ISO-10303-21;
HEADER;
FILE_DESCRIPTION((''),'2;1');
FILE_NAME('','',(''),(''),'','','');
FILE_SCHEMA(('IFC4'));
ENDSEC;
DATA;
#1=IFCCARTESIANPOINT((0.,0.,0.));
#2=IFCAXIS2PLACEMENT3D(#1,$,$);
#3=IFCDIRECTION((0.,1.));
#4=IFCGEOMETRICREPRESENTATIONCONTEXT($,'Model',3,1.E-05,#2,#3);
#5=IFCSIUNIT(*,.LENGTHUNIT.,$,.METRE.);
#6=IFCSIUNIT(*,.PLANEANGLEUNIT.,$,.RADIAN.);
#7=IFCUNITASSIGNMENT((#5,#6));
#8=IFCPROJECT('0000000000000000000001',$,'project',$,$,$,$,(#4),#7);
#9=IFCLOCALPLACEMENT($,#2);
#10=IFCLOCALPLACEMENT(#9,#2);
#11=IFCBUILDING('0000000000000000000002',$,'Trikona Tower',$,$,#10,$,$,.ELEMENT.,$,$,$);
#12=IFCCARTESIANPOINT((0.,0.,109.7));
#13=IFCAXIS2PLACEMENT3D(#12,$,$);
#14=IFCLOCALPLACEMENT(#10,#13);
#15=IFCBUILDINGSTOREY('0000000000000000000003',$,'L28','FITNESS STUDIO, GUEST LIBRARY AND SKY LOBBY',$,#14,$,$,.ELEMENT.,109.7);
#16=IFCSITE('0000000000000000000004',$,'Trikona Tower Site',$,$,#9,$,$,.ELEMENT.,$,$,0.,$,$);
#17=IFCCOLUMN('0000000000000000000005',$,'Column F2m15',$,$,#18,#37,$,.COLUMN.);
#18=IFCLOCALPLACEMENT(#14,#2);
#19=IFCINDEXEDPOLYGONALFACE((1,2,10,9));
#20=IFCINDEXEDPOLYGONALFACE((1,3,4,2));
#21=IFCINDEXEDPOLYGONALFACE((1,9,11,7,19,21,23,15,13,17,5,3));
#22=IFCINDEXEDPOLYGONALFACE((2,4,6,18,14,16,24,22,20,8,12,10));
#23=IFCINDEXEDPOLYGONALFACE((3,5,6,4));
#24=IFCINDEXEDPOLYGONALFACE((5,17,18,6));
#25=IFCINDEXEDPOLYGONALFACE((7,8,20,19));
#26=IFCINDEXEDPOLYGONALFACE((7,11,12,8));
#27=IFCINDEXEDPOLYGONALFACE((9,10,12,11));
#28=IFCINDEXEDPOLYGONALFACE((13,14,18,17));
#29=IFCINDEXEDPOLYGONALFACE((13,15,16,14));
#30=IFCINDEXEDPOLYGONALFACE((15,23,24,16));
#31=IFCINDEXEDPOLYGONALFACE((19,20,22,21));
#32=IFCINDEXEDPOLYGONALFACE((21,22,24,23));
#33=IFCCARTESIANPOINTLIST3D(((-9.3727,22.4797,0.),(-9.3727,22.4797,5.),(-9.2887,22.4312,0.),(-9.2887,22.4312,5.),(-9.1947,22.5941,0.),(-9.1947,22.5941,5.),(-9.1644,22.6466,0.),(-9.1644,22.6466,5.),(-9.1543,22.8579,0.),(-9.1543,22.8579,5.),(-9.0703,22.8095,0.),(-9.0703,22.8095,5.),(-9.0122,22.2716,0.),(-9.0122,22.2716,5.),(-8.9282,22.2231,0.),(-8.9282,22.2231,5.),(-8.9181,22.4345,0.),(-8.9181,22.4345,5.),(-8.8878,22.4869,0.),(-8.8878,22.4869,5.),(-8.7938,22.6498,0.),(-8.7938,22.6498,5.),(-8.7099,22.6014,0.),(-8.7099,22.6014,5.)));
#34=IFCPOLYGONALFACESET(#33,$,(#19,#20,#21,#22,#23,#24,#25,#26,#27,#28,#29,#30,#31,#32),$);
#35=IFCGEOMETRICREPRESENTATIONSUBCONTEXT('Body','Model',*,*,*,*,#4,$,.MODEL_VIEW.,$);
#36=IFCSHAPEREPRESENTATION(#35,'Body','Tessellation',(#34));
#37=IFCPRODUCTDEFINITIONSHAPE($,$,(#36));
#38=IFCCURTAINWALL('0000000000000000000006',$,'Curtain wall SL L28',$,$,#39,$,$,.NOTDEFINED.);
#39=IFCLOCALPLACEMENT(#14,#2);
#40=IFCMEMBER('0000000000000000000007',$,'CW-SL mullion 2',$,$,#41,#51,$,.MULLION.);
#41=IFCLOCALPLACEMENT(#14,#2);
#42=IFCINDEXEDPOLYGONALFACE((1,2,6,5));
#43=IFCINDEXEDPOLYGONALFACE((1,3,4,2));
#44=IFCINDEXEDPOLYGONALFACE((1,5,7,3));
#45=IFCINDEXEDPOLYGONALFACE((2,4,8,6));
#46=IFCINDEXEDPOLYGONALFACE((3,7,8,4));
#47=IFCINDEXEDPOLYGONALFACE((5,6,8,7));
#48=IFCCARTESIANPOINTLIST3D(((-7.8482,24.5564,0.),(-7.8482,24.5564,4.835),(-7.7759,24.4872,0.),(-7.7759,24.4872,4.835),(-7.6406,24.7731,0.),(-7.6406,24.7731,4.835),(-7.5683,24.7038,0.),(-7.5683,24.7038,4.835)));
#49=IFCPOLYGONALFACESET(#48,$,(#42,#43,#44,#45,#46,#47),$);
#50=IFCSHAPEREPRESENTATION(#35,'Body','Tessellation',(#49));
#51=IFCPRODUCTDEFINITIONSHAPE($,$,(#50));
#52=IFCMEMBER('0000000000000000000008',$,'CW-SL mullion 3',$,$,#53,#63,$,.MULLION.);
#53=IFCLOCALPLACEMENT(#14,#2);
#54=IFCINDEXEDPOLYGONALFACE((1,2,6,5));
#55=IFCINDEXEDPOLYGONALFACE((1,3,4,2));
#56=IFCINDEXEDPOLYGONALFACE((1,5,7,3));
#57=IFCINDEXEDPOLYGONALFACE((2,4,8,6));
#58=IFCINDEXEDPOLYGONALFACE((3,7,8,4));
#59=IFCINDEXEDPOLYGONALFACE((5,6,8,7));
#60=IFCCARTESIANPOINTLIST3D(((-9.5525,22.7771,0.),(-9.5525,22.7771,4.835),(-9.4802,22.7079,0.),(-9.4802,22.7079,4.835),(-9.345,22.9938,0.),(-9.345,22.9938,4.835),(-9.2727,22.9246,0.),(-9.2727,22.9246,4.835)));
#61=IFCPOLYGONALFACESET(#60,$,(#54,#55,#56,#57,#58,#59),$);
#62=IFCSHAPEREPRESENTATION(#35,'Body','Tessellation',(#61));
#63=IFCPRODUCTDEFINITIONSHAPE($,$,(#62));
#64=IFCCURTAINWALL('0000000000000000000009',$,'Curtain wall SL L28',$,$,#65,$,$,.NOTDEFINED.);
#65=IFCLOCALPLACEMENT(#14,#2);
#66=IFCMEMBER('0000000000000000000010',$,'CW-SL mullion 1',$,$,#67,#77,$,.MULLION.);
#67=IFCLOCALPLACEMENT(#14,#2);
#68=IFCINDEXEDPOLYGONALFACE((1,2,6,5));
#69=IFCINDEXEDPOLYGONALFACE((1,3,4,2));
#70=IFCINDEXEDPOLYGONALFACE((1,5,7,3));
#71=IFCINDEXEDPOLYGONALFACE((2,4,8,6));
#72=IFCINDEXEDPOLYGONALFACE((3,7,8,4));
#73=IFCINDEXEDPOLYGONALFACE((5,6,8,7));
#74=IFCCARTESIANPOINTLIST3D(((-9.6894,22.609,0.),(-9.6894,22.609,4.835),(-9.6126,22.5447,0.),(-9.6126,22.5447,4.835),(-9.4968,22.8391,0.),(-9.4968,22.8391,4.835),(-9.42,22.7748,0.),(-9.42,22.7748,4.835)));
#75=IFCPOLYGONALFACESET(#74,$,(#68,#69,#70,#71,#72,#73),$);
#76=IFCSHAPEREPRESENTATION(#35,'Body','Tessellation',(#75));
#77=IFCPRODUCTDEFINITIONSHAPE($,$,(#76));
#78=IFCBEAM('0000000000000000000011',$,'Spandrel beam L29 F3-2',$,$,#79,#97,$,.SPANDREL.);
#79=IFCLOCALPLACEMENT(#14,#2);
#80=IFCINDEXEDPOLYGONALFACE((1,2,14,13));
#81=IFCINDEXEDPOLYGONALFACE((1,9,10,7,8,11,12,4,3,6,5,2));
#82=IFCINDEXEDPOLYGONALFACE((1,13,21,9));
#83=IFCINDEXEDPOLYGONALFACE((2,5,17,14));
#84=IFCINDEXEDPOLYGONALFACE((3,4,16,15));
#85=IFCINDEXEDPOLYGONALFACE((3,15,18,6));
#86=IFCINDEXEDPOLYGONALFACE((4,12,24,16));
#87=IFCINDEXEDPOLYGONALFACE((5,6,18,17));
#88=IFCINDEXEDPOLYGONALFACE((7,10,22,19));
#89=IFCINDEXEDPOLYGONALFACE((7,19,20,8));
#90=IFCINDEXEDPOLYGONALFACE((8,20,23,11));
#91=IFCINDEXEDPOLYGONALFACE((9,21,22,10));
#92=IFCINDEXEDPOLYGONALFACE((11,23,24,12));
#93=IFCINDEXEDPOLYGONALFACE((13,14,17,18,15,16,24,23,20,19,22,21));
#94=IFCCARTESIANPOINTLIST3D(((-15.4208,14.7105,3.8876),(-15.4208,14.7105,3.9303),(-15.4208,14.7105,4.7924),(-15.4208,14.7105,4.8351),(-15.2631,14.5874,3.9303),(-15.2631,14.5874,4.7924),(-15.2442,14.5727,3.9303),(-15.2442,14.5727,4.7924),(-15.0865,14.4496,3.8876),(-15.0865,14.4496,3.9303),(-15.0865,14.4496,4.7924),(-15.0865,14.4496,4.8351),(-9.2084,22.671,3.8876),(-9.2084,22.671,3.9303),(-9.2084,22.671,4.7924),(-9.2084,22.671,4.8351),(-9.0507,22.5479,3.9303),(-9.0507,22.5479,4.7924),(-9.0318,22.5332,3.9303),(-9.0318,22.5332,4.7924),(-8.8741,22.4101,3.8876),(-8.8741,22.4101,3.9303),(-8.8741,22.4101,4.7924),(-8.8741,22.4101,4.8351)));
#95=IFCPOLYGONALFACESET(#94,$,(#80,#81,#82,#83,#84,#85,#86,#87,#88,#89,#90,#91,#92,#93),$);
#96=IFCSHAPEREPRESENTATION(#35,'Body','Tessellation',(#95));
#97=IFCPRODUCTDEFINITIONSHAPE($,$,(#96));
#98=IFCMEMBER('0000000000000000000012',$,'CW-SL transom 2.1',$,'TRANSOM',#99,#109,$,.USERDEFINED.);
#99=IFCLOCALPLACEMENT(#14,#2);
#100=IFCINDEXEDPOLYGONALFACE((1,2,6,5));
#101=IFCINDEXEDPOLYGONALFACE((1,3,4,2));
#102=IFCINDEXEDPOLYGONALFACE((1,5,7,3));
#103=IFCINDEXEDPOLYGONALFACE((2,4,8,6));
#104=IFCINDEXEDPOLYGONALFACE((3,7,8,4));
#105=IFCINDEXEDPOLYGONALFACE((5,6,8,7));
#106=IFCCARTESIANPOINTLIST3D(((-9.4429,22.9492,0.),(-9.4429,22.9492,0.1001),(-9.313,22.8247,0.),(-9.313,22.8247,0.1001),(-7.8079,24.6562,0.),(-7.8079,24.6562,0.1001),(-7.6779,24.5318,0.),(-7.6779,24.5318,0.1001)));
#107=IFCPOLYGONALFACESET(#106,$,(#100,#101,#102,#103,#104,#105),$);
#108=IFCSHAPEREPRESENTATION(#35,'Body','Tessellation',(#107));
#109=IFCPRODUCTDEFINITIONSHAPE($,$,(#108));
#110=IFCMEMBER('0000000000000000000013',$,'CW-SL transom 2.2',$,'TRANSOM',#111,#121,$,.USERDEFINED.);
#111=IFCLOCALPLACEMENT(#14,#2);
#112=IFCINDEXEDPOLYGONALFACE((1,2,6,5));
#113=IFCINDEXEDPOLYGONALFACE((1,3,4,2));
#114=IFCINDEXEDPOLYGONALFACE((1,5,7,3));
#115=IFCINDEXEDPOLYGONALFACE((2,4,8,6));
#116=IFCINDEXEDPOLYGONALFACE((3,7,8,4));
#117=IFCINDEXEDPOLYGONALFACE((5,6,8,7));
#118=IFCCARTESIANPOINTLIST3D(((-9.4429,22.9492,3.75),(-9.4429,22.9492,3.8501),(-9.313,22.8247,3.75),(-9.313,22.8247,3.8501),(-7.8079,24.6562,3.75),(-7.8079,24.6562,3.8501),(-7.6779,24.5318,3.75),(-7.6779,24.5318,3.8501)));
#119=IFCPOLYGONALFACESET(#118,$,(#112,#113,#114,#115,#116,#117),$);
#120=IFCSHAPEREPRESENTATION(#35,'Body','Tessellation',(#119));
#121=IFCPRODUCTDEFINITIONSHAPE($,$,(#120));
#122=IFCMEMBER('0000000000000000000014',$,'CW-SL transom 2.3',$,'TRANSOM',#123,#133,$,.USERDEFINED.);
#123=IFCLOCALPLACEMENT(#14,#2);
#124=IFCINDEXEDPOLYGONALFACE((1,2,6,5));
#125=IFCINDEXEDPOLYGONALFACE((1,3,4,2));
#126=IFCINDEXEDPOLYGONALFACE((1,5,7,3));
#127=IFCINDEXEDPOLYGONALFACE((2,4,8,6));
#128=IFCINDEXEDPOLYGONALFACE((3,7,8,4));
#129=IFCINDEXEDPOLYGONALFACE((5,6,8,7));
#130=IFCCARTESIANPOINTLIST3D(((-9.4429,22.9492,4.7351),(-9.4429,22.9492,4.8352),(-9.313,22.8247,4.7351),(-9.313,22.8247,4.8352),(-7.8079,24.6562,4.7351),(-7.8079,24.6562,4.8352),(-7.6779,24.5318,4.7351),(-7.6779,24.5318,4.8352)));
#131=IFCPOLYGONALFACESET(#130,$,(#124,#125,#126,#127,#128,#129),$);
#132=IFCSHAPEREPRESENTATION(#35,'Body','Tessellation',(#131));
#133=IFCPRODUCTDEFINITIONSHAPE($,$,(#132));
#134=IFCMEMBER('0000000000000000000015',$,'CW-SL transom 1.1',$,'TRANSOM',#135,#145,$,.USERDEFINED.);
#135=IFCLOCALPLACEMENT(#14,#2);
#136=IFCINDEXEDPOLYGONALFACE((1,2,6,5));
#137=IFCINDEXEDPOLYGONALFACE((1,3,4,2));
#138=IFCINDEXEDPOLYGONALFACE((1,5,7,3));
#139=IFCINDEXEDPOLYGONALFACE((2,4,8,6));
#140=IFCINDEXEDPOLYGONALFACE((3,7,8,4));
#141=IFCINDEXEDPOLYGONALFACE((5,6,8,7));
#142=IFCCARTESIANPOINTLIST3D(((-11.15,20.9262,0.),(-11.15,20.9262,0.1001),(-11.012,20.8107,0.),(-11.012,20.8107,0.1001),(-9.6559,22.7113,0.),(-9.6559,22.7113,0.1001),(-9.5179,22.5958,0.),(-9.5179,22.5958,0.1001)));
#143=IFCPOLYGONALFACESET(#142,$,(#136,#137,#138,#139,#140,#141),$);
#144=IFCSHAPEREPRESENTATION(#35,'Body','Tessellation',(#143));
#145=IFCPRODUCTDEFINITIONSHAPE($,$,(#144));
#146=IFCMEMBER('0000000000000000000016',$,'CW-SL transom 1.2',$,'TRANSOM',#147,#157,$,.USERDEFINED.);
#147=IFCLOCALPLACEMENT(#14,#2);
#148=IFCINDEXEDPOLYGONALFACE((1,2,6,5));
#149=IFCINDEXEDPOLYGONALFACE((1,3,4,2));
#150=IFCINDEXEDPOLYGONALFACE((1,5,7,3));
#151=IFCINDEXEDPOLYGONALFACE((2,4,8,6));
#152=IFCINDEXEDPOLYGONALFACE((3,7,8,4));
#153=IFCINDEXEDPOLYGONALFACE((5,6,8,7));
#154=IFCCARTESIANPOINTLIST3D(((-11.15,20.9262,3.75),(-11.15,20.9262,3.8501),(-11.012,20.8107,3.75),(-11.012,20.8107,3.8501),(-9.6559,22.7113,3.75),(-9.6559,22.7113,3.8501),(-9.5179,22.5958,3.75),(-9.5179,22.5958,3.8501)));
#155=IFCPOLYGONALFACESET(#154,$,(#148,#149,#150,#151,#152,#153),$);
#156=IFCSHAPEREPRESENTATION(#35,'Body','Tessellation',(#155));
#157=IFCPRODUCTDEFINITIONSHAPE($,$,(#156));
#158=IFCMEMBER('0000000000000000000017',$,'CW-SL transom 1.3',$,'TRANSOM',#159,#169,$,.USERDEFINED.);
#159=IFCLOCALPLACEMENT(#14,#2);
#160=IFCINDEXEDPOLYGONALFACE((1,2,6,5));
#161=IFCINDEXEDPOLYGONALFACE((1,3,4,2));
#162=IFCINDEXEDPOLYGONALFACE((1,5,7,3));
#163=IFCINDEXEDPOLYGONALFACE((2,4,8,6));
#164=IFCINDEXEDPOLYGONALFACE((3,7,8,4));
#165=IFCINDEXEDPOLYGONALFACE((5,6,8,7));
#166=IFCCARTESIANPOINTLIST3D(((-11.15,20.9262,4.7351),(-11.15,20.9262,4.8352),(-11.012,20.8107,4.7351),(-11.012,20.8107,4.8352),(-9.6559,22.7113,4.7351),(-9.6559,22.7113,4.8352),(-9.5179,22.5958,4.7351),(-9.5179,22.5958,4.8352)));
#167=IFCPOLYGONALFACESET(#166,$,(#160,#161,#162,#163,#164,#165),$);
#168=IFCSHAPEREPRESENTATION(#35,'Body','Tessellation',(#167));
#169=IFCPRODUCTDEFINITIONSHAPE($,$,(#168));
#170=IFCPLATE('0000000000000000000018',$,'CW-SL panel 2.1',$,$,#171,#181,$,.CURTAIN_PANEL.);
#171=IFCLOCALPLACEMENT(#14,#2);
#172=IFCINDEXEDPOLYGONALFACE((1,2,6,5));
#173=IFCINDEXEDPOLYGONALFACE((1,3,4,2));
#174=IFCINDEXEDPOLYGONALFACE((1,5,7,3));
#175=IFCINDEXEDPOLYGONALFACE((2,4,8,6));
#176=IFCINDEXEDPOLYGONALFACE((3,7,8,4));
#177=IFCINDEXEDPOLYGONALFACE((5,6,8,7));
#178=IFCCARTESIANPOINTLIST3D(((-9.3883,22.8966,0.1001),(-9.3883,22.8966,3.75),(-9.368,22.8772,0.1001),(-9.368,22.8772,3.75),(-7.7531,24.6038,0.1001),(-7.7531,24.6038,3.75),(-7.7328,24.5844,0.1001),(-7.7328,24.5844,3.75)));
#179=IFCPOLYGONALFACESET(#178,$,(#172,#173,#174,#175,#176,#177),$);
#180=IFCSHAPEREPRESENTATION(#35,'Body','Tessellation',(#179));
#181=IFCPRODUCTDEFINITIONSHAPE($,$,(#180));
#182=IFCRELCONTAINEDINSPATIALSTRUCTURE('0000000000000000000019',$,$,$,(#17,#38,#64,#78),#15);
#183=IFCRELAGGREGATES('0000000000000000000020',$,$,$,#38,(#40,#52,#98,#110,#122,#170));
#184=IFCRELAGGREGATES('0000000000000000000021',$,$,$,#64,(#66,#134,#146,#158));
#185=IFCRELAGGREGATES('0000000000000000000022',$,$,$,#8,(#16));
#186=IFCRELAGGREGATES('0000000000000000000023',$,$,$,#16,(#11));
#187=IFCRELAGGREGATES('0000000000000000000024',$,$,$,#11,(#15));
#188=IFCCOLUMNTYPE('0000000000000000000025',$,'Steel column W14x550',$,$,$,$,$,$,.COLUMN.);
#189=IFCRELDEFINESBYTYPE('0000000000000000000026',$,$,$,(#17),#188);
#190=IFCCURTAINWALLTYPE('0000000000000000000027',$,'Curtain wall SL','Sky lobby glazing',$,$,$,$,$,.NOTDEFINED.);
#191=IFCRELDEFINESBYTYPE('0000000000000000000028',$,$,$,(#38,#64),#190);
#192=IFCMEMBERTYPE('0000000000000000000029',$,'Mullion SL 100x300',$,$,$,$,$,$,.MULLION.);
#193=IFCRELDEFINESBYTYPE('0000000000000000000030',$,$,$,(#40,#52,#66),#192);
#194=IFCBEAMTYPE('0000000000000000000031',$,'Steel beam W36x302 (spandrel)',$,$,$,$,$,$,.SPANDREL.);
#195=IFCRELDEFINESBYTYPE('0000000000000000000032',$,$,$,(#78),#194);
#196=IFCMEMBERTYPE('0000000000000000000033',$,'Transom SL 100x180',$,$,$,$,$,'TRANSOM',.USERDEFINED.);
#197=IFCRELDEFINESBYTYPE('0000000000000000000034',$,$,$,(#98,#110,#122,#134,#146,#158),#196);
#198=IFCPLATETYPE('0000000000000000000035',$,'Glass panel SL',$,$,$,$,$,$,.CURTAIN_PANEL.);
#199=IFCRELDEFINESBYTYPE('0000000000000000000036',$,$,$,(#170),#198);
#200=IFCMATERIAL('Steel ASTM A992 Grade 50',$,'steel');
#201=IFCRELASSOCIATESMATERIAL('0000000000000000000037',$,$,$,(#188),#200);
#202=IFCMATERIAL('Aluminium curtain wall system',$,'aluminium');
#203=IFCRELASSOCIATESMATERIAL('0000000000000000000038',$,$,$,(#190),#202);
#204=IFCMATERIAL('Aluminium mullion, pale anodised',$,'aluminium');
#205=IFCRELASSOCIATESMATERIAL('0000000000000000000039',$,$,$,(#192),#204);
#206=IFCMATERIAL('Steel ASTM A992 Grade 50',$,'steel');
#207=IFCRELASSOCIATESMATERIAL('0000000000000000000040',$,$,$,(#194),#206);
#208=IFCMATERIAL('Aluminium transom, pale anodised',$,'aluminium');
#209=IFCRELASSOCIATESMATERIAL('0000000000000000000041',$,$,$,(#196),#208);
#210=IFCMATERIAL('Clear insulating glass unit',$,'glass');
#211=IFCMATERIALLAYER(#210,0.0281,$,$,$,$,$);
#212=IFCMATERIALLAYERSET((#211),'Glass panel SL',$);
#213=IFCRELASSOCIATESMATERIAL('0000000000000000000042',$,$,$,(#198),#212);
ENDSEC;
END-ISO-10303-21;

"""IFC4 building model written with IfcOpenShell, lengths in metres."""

from ifc_helpers import new_model, si_unit, direction, frame, origin, origin_2d, place, context, subcontext, project, spatial, rectangle, i_section, extrude, material, layer, layer_set, material_profile, profile_set, type_object, element, aggregate, save


model = new_model("IFC4")

# Units and contexts
model_context = context("Model", 3, precision=1e-05, world=origin(), true_north=direction((0.0, 1.0)))
body_context = subcontext(model_context, "Body", "Model", "MODEL_VIEW")
ifc_project = project(units=[si_unit("LENGTHUNIT", "METRE"), si_unit("PLANEANGLEUNIT", "RADIAN")], contexts=[model_context])

# Site, building, storey
site_placement = place(None, origin())
site = spatial("IfcSite", under=ifc_project, at=site_placement, Name="Trikona Tower Site", CompositionType="ELEMENT", RefElevation=0.0)
building_placement = place(site_placement, origin())
building = spatial("IfcBuilding", under=site, at=building_placement, Name="Trikona Tower", CompositionType="ELEMENT")
storey_placement = place(building_placement, frame((0.0, 0.0, 109.7)))
storey = spatial("IfcBuildingStorey", under=building, at=storey_placement, Name="L28", Description="FITNESS STUDIO, GUEST LIBRARY AND SKY LOBBY", CompositionType="ELEMENT", Elevation=109.7)

# Column
ifc_material_1 = material(Name="Steel ASTM A992 Grade 50", Category="steel")
ifc_material_profile_1 = material_profile(ifc_material_1, i_section(OverallWidth=0.4368, OverallDepth=0.5132, WebThickness=0.0605, FlangeThickness=0.0969, at=origin_2d()), Name="W14X550")
ifc_profile_set_1 = profile_set([ifc_material_profile_1], Name="Steel ASTM A992 Grade 50")
column_type = type_object("IfcColumnType", Name="Steel column W14x550", PredefinedType="COLUMN", material=ifc_profile_set_1)
column_placement = place(storey_placement, frame((-9.0413, 22.5405, 0.0), z_axis=(0.0, 0.0, 1.0), x_axis=(-0.5, -0.866025, 0.0)))
element("IfcColumn", 1, at=column_placement, inside=storey, type_object=column_type, Name="Column F2m15", PredefinedType="COLUMN", context=body_context, shape_type="SweptSolid", body=[
    extrude(i_section(OverallWidth=0.4368, OverallDepth=0.5132, WebThickness=0.0605, FlangeThickness=0.0969, at=origin_2d()), origin(), (0.0, 0.0, 1.0), 5.0),
])

# Curtain wall, members
ifc_material_2 = material(Name="Aluminium curtain wall system", Category="aluminium")
curtain_wall_type = type_object("IfcCurtainWallType", Name="Curtain wall SL", Description="Sky lobby glazing", PredefinedType="NOTDEFINED", material=ifc_material_2)
curtain_wall_1_placement = place(storey_placement, origin())
curtain_wall_1 = element("IfcCurtainWall", 2, at=curtain_wall_1_placement, inside=storey, type_object=curtain_wall_type, Name="Curtain wall SL L28", PredefinedType="NOTDEFINED")
ifc_material_3 = material(Name="Aluminium mullion, pale anodised", Category="aluminium")
ifc_material_profile_2 = material_profile(ifc_material_3, rectangle(XDim=0.1001, YDim=0.3, at=origin_2d()), Name="MUL-SL")
ifc_profile_set_2 = profile_set([ifc_material_profile_2], Name="Aluminium mullion, pale anodised")
member_type_1 = type_object("IfcMemberType", Name="Mullion SL 100x300", PredefinedType="MULLION", material=ifc_profile_set_2)
member_1_placement = place(storey_placement, frame((-7.7083, 24.6301, 0.0), z_axis=(0.0, 0.0, 1.0), x_axis=(0.722158, -0.691728, 0.0)))
member_1 = element("IfcMember", 3, at=member_1_placement, type_object=member_type_1, Name="CW-SL mullion 2", PredefinedType="MULLION", context=body_context, shape_type="SweptSolid", body=[
    extrude(rectangle(XDim=0.1001, YDim=0.3, at=origin_2d()), origin(), (0.0, 0.0, 1.0), 4.835),
])
member_2_placement = place(storey_placement, frame((-9.4126, 22.8508, 0.0), z_axis=(0.0, 0.0, 1.0), x_axis=(0.722158, -0.691728, 0.0)))
member_2 = element("IfcMember", 4, at=member_2_placement, type_object=member_type_1, Name="CW-SL mullion 3", PredefinedType="MULLION", context=body_context, shape_type="SweptSolid", body=[
    extrude(rectangle(XDim=0.1001, YDim=0.3, at=origin_2d()), origin(), (0.0, 0.0, 1.0), 4.835),
])

# Curtain wall, member
curtain_wall_2_placement = place(storey_placement, origin())
curtain_wall_2 = element("IfcCurtainWall", 5, at=curtain_wall_2_placement, inside=storey, type_object=curtain_wall_type, Name="Curtain wall SL L28", PredefinedType="NOTDEFINED")
member_3_placement = place(storey_placement, frame((-9.5547, 22.6919, 0.0), z_axis=(0.0, 0.0, 1.0), x_axis=(0.766867, -0.641806, 0.0)))
member_3 = element("IfcMember", 6, at=member_3_placement, type_object=member_type_1, Name="CW-SL mullion 1", PredefinedType="MULLION", context=body_context, shape_type="SweptSolid", body=[
    extrude(rectangle(XDim=0.1001, YDim=0.3, at=origin_2d()), origin(), (0.0, 0.0, 1.0), 4.835),
])

# Beam
ifc_material_4 = material(Name="Steel ASTM A992 Grade 50", Category="steel")
ifc_material_profile_3 = material_profile(ifc_material_4, i_section(OverallWidth=0.4241, OverallDepth=0.9475, WebThickness=0.0239, FlangeThickness=0.0427, at=origin_2d()), Name="W36X302")
ifc_profile_set_3 = profile_set([ifc_material_profile_3], Name="Steel ASTM A992 Grade 50")
beam_type = type_object("IfcBeamType", Name="Steel beam W36x302 (spandrel)", PredefinedType="SPANDREL", material=ifc_profile_set_3)
beam_placement = place(storey_placement, frame((-9.0413, 22.5405, 4.3613), z_axis=(-0.615232, -0.788346, 0.0), x_axis=(0.788346, -0.615232, 0.0)))
element("IfcBeam", 7, at=beam_placement, inside=storey, type_object=beam_type, Name="Spandrel beam L29 F3-2", PredefinedType="SPANDREL", context=body_context, shape_type="SweptSolid", body=[
    extrude(i_section(OverallWidth=0.4241, OverallDepth=0.9475, WebThickness=0.0239, FlangeThickness=0.0427, at=origin_2d()), origin(), (0.0, 0.0, 1.0), 10.0977),
])

# Members
ifc_material_5 = material(Name="Aluminium transom, pale anodised", Category="aluminium")
ifc_material_profile_4 = material_profile(ifc_material_5, rectangle(XDim=0.1799, YDim=0.1001, at=origin_2d()), Name="TRN-SL")
ifc_profile_set_4 = profile_set([ifc_material_profile_4], Name="Aluminium transom, pale anodised")
member_type_2 = type_object("IfcMemberType", Name="Transom SL 100x180", ElementType="TRANSOM", PredefinedType="USERDEFINED", material=ifc_profile_set_4)
member_4_placement = place(storey_placement, frame((-7.7429, 24.594, 0.05), z_axis=(-0.691708, -0.722177, 0.0), x_axis=(0.722177, -0.691708, 0.0)))
member_4 = element("IfcMember", 8, at=member_4_placement, type_object=member_type_2, Name="CW-SL transom 2.1", ObjectType="TRANSOM", PredefinedType="USERDEFINED", context=body_context, shape_type="SweptSolid", body=[
    extrude(rectangle(XDim=0.1799, YDim=0.1001, at=origin_2d()), origin(), (0.0, 0.0, 1.0), 2.3638),
])
member_5_placement = place(storey_placement, frame((-7.7429, 24.594, 3.8), z_axis=(-0.691708, -0.722177, 0.0), x_axis=(0.722177, -0.691708, 0.0)))
member_5 = element("IfcMember", 9, at=member_5_placement, type_object=member_type_2, Name="CW-SL transom 2.2", ObjectType="TRANSOM", PredefinedType="USERDEFINED", context=body_context, shape_type="SweptSolid", body=[
    extrude(rectangle(XDim=0.1799, YDim=0.1001, at=origin_2d()), origin(), (0.0, 0.0, 1.0), 2.3638),
])
member_6_placement = place(storey_placement, frame((-7.7429, 24.594, 4.7852), z_axis=(-0.691708, -0.722177, 0.0), x_axis=(0.722177, -0.691708, 0.0)))
member_6 = element("IfcMember", 10, at=member_6_placement, type_object=member_type_2, Name="CW-SL transom 2.3", ObjectType="TRANSOM", PredefinedType="USERDEFINED", context=body_context, shape_type="SweptSolid", body=[
    extrude(rectangle(XDim=0.1799, YDim=0.1001, at=origin_2d()), origin(), (0.0, 0.0, 1.0), 2.3638),
])
member_7_placement = place(storey_placement, frame((-9.5869, 22.6536, 0.05), z_axis=(-0.641833, -0.766844, 0.0), x_axis=(0.766844, -0.641833, 0.0)))
member_7 = element("IfcMember", 11, at=member_7_placement, type_object=member_type_2, Name="CW-SL transom 1.1", ObjectType="TRANSOM", PredefinedType="USERDEFINED", context=body_context, shape_type="SweptSolid", body=[
    extrude(rectangle(XDim=0.1799, YDim=0.1001, at=origin_2d()), origin(), (0.0, 0.0, 1.0), 2.3279),
])
member_8_placement = place(storey_placement, frame((-9.5869, 22.6536, 3.8), z_axis=(-0.641833, -0.766844, 0.0), x_axis=(0.766844, -0.641833, 0.0)))
member_8 = element("IfcMember", 12, at=member_8_placement, type_object=member_type_2, Name="CW-SL transom 1.2", ObjectType="TRANSOM", PredefinedType="USERDEFINED", context=body_context, shape_type="SweptSolid", body=[
    extrude(rectangle(XDim=0.1799, YDim=0.1001, at=origin_2d()), origin(), (0.0, 0.0, 1.0), 2.3279),
])
member_9_placement = place(storey_placement, frame((-9.5869, 22.6536, 4.7852), z_axis=(-0.641833, -0.766844, 0.0), x_axis=(0.766844, -0.641833, 0.0)))
member_9 = element("IfcMember", 13, at=member_9_placement, type_object=member_type_2, Name="CW-SL transom 1.3", ObjectType="TRANSOM", PredefinedType="USERDEFINED", context=body_context, shape_type="SweptSolid", body=[
    extrude(rectangle(XDim=0.1799, YDim=0.1001, at=origin_2d()), origin(), (0.0, 0.0, 1.0), 2.3279),
])

# Plate
ifc_material_6 = material(Name="Clear insulating glass unit", Category="glass")
ifc_layer_1 = layer(ifc_material_6, 0.0281)
ifc_layer_set_1 = layer_set([ifc_layer_1], Name="Glass panel SL")
plate_type = type_object("IfcPlateType", Name="Glass panel SL", PredefinedType="CURTAIN_PANEL", material=ifc_layer_set_1)
plate_1_placement = place(storey_placement, frame((-8.5605, 23.7405, 0.1001), z_axis=(0.0, 0.0, 1.0), x_axis=(-0.691728, -0.722158, 0.0)))
plate_1 = element("IfcPlate", 14, at=plate_1_placement, type_object=plate_type, Name="CW-SL panel 2.1", PredefinedType="CURTAIN_PANEL", context=body_context, shape_type="SweptSolid", body=[
    extrude(rectangle(XDim=2.364, YDim=0.0281, at=origin_2d()), origin(), (0.0, 0.0, 1.0), 3.6499),
])
aggregate(curtain_wall_1, [member_1, member_2, member_4, member_5, member_6, plate_1])
aggregate(curtain_wall_2, [member_3, member_7, member_8, member_9])

save(model, "model.ifc")
